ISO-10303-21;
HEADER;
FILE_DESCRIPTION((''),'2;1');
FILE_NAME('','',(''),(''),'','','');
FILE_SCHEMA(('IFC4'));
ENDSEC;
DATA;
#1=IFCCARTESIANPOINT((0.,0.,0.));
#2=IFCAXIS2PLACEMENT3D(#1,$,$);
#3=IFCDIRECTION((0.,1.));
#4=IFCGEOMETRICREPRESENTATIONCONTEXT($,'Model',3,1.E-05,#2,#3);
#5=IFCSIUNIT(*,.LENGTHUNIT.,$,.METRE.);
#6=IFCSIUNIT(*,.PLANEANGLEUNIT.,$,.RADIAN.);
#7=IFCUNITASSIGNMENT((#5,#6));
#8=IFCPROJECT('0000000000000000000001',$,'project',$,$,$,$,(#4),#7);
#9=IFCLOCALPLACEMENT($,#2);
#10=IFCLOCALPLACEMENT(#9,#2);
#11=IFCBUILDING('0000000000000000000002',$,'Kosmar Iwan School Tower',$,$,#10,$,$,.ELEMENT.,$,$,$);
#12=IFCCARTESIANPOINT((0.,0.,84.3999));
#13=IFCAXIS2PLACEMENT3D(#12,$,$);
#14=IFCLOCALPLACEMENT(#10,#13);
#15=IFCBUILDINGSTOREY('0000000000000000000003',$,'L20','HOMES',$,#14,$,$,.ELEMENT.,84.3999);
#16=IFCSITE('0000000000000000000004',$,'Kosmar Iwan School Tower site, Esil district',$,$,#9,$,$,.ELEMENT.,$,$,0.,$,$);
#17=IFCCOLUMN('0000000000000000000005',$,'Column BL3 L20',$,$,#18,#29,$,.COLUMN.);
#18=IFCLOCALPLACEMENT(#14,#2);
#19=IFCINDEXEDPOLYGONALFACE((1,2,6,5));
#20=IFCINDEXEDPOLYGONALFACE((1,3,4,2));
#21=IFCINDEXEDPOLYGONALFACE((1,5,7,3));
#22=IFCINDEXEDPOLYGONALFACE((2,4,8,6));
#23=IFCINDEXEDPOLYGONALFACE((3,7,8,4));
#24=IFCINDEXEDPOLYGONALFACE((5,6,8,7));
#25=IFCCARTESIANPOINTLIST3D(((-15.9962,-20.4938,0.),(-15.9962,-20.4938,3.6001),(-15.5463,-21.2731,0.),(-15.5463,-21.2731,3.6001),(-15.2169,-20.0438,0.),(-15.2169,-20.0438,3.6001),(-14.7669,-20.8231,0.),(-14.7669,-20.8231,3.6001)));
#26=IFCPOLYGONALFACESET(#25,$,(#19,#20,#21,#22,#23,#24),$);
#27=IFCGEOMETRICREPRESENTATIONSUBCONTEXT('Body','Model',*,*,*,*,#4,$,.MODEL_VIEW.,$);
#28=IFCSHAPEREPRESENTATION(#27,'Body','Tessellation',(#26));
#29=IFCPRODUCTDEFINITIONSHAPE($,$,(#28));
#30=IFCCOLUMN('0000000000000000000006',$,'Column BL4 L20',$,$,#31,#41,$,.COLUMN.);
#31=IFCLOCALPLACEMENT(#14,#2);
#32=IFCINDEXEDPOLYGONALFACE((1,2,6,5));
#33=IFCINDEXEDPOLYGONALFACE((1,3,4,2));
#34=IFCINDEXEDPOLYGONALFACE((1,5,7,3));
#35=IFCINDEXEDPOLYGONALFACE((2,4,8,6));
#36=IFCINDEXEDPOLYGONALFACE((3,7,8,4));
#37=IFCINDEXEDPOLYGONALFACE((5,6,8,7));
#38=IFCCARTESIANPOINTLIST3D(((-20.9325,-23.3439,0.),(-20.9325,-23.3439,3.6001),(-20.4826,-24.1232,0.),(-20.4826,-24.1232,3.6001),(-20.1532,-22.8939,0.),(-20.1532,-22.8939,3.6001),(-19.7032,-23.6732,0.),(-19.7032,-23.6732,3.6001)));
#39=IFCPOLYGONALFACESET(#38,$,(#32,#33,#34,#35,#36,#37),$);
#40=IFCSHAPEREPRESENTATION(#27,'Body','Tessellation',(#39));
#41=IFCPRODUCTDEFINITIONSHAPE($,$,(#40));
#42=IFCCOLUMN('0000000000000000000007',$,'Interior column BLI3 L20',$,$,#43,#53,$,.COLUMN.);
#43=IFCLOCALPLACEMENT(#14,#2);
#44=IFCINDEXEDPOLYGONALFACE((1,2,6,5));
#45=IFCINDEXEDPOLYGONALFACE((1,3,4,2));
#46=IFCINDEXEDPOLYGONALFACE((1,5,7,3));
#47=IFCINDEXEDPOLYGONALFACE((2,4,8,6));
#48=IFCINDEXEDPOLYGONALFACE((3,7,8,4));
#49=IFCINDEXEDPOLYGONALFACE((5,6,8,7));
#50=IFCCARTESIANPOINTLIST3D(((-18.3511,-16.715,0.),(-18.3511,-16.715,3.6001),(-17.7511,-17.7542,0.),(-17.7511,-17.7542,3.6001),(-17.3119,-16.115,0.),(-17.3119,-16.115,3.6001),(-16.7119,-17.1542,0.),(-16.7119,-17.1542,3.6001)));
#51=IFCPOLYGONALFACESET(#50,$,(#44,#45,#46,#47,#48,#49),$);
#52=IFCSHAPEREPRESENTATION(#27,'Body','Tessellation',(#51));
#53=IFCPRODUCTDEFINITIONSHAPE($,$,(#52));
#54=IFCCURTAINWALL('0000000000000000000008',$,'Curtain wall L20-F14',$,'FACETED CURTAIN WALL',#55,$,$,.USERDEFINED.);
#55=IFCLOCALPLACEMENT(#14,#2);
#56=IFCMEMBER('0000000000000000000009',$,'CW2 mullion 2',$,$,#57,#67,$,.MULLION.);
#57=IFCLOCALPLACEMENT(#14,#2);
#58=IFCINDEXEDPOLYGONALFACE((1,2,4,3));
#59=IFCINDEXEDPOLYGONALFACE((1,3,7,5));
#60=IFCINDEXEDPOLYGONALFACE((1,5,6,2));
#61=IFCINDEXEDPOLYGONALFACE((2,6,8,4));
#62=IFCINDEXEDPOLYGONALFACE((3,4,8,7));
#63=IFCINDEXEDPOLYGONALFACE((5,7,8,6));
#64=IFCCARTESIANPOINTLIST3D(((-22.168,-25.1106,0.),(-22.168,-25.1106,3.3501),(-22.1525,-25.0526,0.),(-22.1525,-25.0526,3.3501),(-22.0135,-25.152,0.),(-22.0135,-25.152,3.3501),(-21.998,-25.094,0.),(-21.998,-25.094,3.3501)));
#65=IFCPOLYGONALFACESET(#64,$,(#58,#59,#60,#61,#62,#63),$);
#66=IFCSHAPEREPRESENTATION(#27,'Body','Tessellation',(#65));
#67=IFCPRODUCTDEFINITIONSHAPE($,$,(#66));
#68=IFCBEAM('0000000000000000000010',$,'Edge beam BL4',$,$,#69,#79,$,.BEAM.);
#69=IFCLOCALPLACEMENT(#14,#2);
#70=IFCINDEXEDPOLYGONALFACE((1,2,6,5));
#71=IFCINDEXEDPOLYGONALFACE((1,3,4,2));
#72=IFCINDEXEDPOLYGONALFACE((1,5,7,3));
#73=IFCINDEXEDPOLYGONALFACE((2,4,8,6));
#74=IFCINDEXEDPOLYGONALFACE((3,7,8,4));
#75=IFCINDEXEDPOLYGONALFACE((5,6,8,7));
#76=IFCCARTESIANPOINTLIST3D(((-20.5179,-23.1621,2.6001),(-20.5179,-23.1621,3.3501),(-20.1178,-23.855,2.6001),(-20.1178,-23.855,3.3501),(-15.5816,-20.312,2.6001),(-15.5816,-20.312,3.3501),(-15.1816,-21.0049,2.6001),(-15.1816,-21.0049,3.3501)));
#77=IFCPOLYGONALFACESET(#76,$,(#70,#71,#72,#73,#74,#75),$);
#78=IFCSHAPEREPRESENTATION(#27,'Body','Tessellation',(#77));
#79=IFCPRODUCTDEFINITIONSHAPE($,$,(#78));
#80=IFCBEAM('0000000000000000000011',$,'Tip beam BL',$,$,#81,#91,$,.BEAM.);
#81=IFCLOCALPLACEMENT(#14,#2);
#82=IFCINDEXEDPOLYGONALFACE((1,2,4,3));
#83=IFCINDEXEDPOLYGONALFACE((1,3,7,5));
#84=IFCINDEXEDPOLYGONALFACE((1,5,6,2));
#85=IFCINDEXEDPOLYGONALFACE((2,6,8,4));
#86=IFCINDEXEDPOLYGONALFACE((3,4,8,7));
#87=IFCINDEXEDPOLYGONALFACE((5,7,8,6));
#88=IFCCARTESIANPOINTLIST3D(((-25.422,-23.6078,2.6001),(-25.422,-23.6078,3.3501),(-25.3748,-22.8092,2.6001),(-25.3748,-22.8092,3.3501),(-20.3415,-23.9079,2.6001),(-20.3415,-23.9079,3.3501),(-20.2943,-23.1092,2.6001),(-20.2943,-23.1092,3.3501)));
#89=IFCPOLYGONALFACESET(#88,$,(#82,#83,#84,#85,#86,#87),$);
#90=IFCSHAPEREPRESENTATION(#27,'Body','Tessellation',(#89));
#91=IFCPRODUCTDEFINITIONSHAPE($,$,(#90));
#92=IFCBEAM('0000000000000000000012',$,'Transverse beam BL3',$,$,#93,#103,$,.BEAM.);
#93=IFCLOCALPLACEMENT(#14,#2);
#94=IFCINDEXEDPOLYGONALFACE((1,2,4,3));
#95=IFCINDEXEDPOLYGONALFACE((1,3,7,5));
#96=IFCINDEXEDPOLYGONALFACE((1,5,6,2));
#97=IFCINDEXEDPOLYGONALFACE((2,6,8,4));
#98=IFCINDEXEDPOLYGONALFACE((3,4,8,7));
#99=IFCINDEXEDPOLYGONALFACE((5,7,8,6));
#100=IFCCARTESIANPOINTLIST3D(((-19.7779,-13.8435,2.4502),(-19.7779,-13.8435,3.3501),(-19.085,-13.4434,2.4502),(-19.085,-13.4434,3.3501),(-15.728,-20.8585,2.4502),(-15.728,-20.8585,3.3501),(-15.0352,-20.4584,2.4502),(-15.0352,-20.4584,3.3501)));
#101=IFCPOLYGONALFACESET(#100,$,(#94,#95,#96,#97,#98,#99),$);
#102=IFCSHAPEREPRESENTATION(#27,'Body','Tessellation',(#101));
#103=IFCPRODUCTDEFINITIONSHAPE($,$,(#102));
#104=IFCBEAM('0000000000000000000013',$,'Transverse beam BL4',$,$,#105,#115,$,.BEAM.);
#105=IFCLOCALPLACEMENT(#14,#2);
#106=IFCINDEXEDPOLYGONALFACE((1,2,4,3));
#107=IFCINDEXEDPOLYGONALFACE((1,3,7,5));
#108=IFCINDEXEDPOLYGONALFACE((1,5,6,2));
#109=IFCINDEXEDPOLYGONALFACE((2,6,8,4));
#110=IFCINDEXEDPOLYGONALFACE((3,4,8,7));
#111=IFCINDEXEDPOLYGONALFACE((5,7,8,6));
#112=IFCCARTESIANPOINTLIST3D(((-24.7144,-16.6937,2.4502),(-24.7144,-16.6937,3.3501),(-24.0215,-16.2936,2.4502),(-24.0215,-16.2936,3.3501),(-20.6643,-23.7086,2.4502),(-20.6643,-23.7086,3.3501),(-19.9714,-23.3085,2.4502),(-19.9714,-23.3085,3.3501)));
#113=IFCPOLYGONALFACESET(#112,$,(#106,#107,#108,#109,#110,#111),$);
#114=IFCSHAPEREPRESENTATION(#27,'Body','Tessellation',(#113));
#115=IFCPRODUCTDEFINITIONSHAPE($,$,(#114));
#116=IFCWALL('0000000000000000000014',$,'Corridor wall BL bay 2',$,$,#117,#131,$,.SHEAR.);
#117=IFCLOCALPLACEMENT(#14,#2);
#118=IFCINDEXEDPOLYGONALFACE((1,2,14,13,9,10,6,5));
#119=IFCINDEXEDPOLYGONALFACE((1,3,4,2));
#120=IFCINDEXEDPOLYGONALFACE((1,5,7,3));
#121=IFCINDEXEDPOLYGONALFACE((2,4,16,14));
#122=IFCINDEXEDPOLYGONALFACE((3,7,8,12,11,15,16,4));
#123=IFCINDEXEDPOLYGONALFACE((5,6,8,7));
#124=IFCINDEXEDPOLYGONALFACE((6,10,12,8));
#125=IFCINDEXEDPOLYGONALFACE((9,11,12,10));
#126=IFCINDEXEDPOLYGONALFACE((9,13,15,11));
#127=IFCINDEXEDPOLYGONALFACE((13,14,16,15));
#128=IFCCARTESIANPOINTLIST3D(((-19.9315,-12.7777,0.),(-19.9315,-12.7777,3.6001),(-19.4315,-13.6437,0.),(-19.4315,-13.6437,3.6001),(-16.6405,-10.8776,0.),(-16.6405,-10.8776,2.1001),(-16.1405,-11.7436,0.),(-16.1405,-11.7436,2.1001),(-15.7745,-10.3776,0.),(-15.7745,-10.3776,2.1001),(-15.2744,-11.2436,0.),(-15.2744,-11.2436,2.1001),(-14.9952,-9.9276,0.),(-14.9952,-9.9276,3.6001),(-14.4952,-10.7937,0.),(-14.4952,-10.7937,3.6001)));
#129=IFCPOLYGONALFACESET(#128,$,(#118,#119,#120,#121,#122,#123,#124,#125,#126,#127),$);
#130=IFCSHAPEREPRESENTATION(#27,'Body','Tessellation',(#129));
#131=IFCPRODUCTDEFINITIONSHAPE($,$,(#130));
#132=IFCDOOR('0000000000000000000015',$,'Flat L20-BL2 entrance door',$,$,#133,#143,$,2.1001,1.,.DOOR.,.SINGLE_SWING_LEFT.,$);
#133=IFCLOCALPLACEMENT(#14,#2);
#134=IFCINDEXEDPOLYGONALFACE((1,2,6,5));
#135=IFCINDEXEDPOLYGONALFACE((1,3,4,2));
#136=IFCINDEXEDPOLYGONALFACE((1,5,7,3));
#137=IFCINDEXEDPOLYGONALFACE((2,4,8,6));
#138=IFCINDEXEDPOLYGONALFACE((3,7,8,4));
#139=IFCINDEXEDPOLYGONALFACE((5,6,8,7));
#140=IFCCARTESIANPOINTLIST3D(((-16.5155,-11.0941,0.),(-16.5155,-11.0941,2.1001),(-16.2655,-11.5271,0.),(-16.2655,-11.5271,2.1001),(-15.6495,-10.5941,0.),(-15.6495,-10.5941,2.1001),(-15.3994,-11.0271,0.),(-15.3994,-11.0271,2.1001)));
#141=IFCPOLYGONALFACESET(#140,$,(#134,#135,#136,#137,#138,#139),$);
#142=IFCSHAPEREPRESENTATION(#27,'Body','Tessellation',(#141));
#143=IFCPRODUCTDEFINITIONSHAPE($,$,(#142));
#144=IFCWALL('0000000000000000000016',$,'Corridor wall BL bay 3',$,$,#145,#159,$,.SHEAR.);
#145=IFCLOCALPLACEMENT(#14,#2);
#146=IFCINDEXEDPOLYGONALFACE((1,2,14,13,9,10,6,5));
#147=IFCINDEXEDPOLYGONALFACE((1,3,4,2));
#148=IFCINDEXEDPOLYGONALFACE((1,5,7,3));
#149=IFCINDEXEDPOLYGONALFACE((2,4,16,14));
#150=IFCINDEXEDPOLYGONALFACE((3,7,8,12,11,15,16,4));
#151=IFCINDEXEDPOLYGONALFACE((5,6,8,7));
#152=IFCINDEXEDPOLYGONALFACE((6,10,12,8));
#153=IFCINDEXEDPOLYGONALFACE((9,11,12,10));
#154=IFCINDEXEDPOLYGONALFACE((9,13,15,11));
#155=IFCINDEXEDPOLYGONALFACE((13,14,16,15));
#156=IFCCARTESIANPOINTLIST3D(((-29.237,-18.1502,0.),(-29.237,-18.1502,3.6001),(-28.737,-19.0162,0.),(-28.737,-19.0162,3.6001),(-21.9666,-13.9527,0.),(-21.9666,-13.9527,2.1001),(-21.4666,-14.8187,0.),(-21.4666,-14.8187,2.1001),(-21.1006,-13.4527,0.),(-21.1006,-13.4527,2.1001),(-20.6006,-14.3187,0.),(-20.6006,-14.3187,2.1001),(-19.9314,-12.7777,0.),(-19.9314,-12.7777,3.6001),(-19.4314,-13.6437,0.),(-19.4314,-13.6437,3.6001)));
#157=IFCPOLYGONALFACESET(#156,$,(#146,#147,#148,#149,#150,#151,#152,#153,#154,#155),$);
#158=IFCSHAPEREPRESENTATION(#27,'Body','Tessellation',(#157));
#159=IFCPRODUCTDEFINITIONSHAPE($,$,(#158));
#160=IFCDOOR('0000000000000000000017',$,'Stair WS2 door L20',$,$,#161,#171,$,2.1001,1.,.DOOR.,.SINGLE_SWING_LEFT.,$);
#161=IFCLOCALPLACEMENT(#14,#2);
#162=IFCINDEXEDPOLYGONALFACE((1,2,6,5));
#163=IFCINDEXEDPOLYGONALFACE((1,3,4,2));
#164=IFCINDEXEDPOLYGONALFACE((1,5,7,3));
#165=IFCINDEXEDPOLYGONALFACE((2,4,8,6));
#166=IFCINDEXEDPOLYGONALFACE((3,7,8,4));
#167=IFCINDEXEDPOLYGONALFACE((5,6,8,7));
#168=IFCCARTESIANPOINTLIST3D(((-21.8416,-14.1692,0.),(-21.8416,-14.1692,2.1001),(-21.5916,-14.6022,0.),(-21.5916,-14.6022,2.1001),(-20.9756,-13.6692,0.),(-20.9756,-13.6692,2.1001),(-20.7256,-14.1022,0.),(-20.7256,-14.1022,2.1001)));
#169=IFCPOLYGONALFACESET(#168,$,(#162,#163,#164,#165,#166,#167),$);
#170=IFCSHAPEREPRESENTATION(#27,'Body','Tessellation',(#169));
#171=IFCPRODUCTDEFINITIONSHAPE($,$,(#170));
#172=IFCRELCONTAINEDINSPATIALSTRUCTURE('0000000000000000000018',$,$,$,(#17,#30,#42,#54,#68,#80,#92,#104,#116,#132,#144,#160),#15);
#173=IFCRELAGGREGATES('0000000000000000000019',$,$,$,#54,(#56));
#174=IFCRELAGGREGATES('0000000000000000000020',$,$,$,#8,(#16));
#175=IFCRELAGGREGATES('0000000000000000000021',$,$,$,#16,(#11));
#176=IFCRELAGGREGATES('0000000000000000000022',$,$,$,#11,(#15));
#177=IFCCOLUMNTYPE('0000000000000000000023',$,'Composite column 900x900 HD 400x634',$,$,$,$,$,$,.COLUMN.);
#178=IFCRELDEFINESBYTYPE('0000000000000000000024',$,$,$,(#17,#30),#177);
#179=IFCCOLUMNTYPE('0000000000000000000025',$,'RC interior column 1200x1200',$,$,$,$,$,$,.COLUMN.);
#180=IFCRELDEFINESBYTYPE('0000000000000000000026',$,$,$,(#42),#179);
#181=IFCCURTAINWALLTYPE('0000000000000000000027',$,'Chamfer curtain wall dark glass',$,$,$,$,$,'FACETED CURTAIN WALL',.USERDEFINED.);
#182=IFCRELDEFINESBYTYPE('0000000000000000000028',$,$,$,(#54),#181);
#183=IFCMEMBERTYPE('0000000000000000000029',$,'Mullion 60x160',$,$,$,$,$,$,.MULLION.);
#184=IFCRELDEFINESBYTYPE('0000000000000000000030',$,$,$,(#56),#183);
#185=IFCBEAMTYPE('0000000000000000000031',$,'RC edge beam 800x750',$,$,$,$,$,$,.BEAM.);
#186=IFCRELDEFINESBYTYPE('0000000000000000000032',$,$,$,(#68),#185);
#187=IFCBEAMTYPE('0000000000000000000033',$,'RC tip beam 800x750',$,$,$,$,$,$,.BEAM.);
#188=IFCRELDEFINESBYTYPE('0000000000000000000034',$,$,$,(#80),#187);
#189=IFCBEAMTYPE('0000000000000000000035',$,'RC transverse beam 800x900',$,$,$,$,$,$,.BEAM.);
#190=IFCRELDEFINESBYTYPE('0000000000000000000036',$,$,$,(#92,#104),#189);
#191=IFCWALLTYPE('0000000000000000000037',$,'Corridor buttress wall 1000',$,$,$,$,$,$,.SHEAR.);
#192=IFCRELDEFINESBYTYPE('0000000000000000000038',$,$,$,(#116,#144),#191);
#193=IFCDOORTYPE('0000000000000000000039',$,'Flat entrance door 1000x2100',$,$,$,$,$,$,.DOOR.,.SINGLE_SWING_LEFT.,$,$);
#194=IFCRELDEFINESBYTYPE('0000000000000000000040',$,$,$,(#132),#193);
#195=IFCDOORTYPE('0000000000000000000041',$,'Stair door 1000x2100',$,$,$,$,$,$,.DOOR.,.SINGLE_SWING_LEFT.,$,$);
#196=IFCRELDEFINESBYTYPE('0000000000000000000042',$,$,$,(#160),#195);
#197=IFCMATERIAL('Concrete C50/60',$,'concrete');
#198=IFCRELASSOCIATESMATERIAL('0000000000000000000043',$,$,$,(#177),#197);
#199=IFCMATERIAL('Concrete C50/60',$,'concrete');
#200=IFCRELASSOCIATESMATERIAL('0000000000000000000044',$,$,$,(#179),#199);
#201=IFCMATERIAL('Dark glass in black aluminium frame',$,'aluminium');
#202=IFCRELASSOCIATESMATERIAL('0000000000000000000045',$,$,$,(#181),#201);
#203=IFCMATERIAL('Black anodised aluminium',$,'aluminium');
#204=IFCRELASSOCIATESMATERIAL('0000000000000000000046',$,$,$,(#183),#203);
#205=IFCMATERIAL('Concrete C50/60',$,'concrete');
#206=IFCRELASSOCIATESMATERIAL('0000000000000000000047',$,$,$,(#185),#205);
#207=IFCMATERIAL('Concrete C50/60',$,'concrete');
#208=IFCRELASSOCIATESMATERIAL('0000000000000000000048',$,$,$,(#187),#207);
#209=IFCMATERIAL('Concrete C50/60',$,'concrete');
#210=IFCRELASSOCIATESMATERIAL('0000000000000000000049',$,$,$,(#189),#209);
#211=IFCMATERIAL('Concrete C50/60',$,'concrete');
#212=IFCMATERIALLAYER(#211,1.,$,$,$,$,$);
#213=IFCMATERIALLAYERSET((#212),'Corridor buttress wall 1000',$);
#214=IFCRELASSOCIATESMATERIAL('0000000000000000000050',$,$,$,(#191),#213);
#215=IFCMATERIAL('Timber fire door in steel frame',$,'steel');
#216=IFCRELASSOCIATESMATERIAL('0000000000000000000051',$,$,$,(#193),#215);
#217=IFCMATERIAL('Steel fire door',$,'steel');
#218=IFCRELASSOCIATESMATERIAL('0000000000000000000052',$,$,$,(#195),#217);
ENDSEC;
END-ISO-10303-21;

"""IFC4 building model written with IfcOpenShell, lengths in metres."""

from ifc_helpers import new_model, si_unit, direction, frame, frame_2d, origin, origin_2d, place, context, subcontext, project, spatial, rectangle, extrude, material, layer, layer_set, material_profile, profile_set, type_object, element, fill, aggregate, save


model = new_model("IFC4")

# Units and contexts
model_context = context("Model", 3, precision=1e-05, world=origin(), true_north=direction((0.0, 1.0)))
body_context = subcontext(model_context, "Body", "Model", "MODEL_VIEW")
ifc_project = project(units=[si_unit("LENGTHUNIT", "METRE"), si_unit("PLANEANGLEUNIT", "RADIAN")], contexts=[model_context])

# Site, building, storey
site_placement = place(None, origin())
site = spatial("IfcSite", under=ifc_project, at=site_placement, Name="Kosmar Iwan School Tower site, Esil district", CompositionType="ELEMENT", RefElevation=0.0)
building_placement = place(site_placement, origin())
building = spatial("IfcBuilding", under=site, at=building_placement, Name="Kosmar Iwan School Tower", CompositionType="ELEMENT")
storey_placement = place(building_placement, frame((0.0, 0.0, 84.3999)))
storey = spatial("IfcBuildingStorey", under=building, at=storey_placement, Name="L20", Description="HOMES", CompositionType="ELEMENT", Elevation=84.3999)

# Columns
ifc_material_1 = material(Name="Concrete C50/60", Category="concrete")
ifc_material_profile_1 = material_profile(ifc_material_1, rectangle(XDim=0.8999, YDim=0.8999, at=origin_2d()), Name="RC 900x900 + HD 400x634")
ifc_profile_set_1 = profile_set([ifc_material_profile_1], Name="Concrete C50/60")
column_type_1 = type_object("IfcColumnType", Name="Composite column 900x900 HD 400x634", PredefinedType="COLUMN", material=ifc_profile_set_1)
for number, where, z_axis, x_axis, name in (
    (1, (-15.3816, -20.6584, 0.0), (0.0, 0.0, 1.0), (-0.866025, -0.5, 0.0), "Column BL3 L20"),
    (2, (-20.3179, -23.5085, 0.0), (0.0, 0.0, 1.0), (-0.866025, -0.5, 0.0), "Column BL4 L20"),
):
    element("IfcColumn", number, at=place(storey_placement, frame(where, z_axis=z_axis, x_axis=x_axis)), inside=storey, type_object=column_type_1, Name=name, PredefinedType="COLUMN", context=body_context, shape_type="SweptSolid", body=[
        extrude(rectangle(XDim=0.8999, YDim=0.8999, at=origin_2d()), origin(), (0.0, 0.0, 1.0), 3.6001),
    ])
ifc_material_2 = material(Name="Concrete C50/60", Category="concrete")
ifc_material_profile_2 = material_profile(ifc_material_2, rectangle(XDim=1.2, YDim=1.2, at=origin_2d()), Name="RC 1200x1200")
ifc_profile_set_2 = profile_set([ifc_material_profile_2], Name="Concrete C50/60")
column_type_2 = type_object("IfcColumnType", Name="RC interior column 1200x1200", PredefinedType="COLUMN", material=ifc_profile_set_2)
column_placement = place(storey_placement, frame((-17.5315, -16.9346, 0.0), z_axis=(0.0, 0.0, 1.0), x_axis=(-0.866025, -0.5, 0.0)))
element("IfcColumn", 3, at=column_placement, inside=storey, type_object=column_type_2, Name="Interior column BLI3 L20", PredefinedType="COLUMN", context=body_context, shape_type="SweptSolid", body=[
    extrude(rectangle(XDim=1.2, YDim=1.2, at=origin_2d()), origin(), (0.0, 0.0, 1.0), 3.6001),
])

# Curtain wall, member
ifc_material_3 = material(Name="Dark glass in black aluminium frame", Category="aluminium")
curtain_wall_type = type_object("IfcCurtainWallType", Name="Chamfer curtain wall dark glass", ElementType="FACETED CURTAIN WALL", PredefinedType="USERDEFINED", material=ifc_material_3)
curtain_wall_placement = place(storey_placement, origin())
curtain_wall = element("IfcCurtainWall", 4, at=curtain_wall_placement, inside=storey, type_object=curtain_wall_type, Name="Curtain wall L20-F14", ObjectType="FACETED CURTAIN WALL", PredefinedType="USERDEFINED")
ifc_material_4 = material(Name="Black anodised aluminium", Category="aluminium")
ifc_material_profile_3 = material_profile(ifc_material_4, rectangle(XDim=0.0601, YDim=0.1599, at=origin_2d()), Name="MULLION 60x160")
ifc_profile_set_3 = profile_set([ifc_material_profile_3], Name="Black anodised aluminium")
member_type = type_object("IfcMemberType", Name="Mullion 60x160", PredefinedType="MULLION", material=ifc_profile_set_3)
member_placement = place(storey_placement, frame((-22.083, -25.1023, 0.0), z_axis=(0.0, 0.0, 1.0), x_axis=(0.258819, 0.965926, 0.0)))
member = element("IfcMember", 5, at=member_placement, type_object=member_type, Name="CW2 mullion 2", PredefinedType="MULLION", context=body_context, shape_type="SweptSolid", body=[
    extrude(rectangle(XDim=0.0601, YDim=0.1599, at=origin_2d()), origin(), (0.0, 0.0, 1.0), 3.3501),
])
aggregate(curtain_wall, [member])

# Beams
ifc_material_5 = material(Name="Concrete C50/60", Category="concrete")
ifc_material_profile_4 = material_profile(ifc_material_5, rectangle(XDim=0.8, YDim=0.75, at=origin_2d()), Name="RC 800x750")
ifc_profile_set_4 = profile_set([ifc_material_profile_4], Name="Concrete C50/60")
beam_type_1 = type_object("IfcBeamType", Name="RC edge beam 800x750", PredefinedType="BEAM", material=ifc_profile_set_4)
beam_1_placement = place(storey_placement, frame((-15.3816, -20.6584, 2.9751), z_axis=(-0.866015, -0.500018, 0.0), x_axis=(0.500018, -0.866015, 0.0)))
element("IfcBeam", 6, at=beam_1_placement, inside=storey, type_object=beam_type_1, Name="Edge beam BL4", PredefinedType="BEAM", context=body_context, shape_type="SweptSolid", body=[
    extrude(rectangle(XDim=0.8, YDim=0.75, at=origin_2d()), origin(), (0.0, 0.0, 1.0), 5.7),
])
ifc_material_6 = material(Name="Concrete C50/60", Category="concrete")
ifc_material_profile_5 = material_profile(ifc_material_6, rectangle(XDim=0.8, YDim=0.75, at=origin_2d()), Name="RC 800x750")
ifc_profile_set_5 = profile_set([ifc_material_profile_5], Name="Concrete C50/60")
beam_type_2 = type_object("IfcBeamType", Name="RC tip beam 800x750", PredefinedType="BEAM", material=ifc_profile_set_5)
beam_2_placement = place(storey_placement, frame((-20.3179, -23.5085, 2.9751), z_axis=(-0.998261, 0.058955, 0.0), x_axis=(-0.058955, -0.998261, 0.0)))
element("IfcBeam", 7, at=beam_2_placement, inside=storey, type_object=beam_type_2, Name="Tip beam BL", PredefinedType="BEAM", context=body_context, shape_type="SweptSolid", body=[
    extrude(rectangle(XDim=0.8, YDim=0.75, at=origin_2d()), origin(), (0.0, 0.0, 1.0), 5.0894),
])
ifc_material_7 = material(Name="Concrete C50/60", Category="concrete")
ifc_material_profile_6 = material_profile(ifc_material_7, rectangle(XDim=0.8, YDim=0.8999, at=origin_2d()), Name="RC 800x900")
ifc_profile_set_6 = profile_set([ifc_material_profile_6], Name="Concrete C50/60")
beam_type_3 = type_object("IfcBeamType", Name="RC transverse beam 800x900", PredefinedType="BEAM", material=ifc_profile_set_6)
for number, where, z_axis, x_axis, name in (
    (8, (-15.3816, -20.6584, 2.9001), (-0.499977, 0.866039, 0.0), (-0.866039, -0.499977, 0.0), "Transverse beam BL3"),
    (9, (-20.3179, -23.5085, 2.9001), (-0.5, 0.866025, 0.0), (-0.866025, -0.5, 0.0), "Transverse beam BL4"),
):
    element("IfcBeam", number, at=place(storey_placement, frame(where, z_axis=z_axis, x_axis=x_axis)), inside=storey, type_object=beam_type_3, Name=name, PredefinedType="BEAM", context=body_context, shape_type="SweptSolid", body=[
        extrude(rectangle(XDim=0.8, YDim=0.8999, at=origin_2d()), origin(), (0.0, 0.0, 1.0), 8.1001),
    ])

# Walls, openings, doors
ifc_material_8 = material(Name="Concrete C50/60", Category="concrete")
ifc_layer_1 = layer(ifc_material_8, 1.0)
ifc_layer_set_1 = layer_set([ifc_layer_1], Name="Corridor buttress wall 1000")
wall_type_1 = type_object("IfcWallType", Name="Corridor buttress wall 1000", PredefinedType="SHEAR", material=ifc_layer_set_1)
wall_1_placement = place(storey_placement, frame((-14.7451, -10.3606, 0.0), z_axis=(0.0, 0.0, 1.0), x_axis=(-0.866015, -0.500018, 0.0)))
wall_1 = element("IfcWall", 10, at=wall_1_placement, inside=storey, type_object=wall_type_1, Name="Corridor wall BL bay 2", PredefinedType="SHEAR", context=body_context, shape_type="SweptSolid", body=[
    extrude(rectangle(XDim=5.7, YDim=1.0, at=frame_2d((2.8501, 0.0))), origin(), (0.0, 0.0, 1.0), 3.6001),
])
opening_1_placement = place(wall_1_placement, frame((0.8999, 0.0, 0.0)))
opening_1 = element("IfcOpeningElement", 11, at=opening_1_placement, cuts=wall_1, PredefinedType="OPENING", context=body_context, shape_type="SweptSolid", body=[
    extrude(rectangle(XDim=1.0, YDim=2.1001, at=frame_2d((0.5, 1.05))), frame((0.0, 0.512, 0.0), z_axis=(0.0, -1.0, 0.0), x_axis=(1.0, 0.0, 0.0)), (0.0, 0.0, 1.0), 1.0239),
])
ifc_material_9 = material(Name="Timber fire door in steel frame", Category="steel")
door_type_1 = type_object("IfcDoorType", Name="Flat entrance door 1000x2100", OperationType="SINGLE_SWING_LEFT", PredefinedType="DOOR", material=ifc_material_9)
door_1_placement = place(opening_1_placement, origin())
door_1 = element("IfcDoor", 12, at=door_1_placement, inside=storey, type_object=door_type_1, Name="Flat L20-BL2 entrance door", OperationType="SINGLE_SWING_LEFT", OverallHeight=2.1001, OverallWidth=1.0, PredefinedType="DOOR", context=body_context, shape_type="SweptSolid", body=[
    extrude(rectangle(XDim=1.0, YDim=2.1001, at=frame_2d((0.5, 1.05))), frame((0.0, 0.25, 0.0), z_axis=(0.0, -1.0, 0.0), x_axis=(1.0, 0.0, 0.0)), (0.0, 0.0, 1.0), 0.5),
])
fill(opening_1, door_1)
wall_2_placement = place(storey_placement, frame((-19.6814, -13.2107, 0.0), z_axis=(0.0, 0.0, 1.0), x_axis=(-0.866028, -0.499995, 0.0)))
wall_2 = element("IfcWall", 13, at=wall_2_placement, inside=storey, type_object=wall_type_1, Name="Corridor wall BL bay 3", PredefinedType="SHEAR", context=body_context, shape_type="SweptSolid", body=[
    extrude(rectangle(XDim=10.7451, YDim=1.0, at=frame_2d((5.3726, 0.0))), origin(), (0.0, 0.0, 1.0), 3.6001),
])
opening_2_placement = place(wall_2_placement, frame((1.3501, 0.0, 0.0)))
opening_2 = element("IfcOpeningElement", 14, at=opening_2_placement, cuts=wall_2, PredefinedType="OPENING", context=body_context, shape_type="SweptSolid", body=[
    extrude(rectangle(XDim=1.0, YDim=2.1001, at=frame_2d((0.5, 1.05))), frame((0.0, 0.512, 0.0), z_axis=(0.0, -1.0, 0.0), x_axis=(1.0, 0.0, 0.0)), (0.0, 0.0, 1.0), 1.0239),
])
ifc_material_10 = material(Name="Steel fire door", Category="steel")
door_type_2 = type_object("IfcDoorType", Name="Stair door 1000x2100", OperationType="SINGLE_SWING_LEFT", PredefinedType="DOOR", material=ifc_material_10)
door_2_placement = place(opening_2_placement, origin())
door_2 = element("IfcDoor", 15, at=door_2_placement, inside=storey, type_object=door_type_2, Name="Stair WS2 door L20", OperationType="SINGLE_SWING_LEFT", OverallHeight=2.1001, OverallWidth=1.0, PredefinedType="DOOR", context=body_context, shape_type="SweptSolid", body=[
    extrude(rectangle(XDim=1.0, YDim=2.1001, at=frame_2d((0.5, 1.05))), frame((0.0, 0.25, 0.0), z_axis=(0.0, -1.0, 0.0), x_axis=(1.0, 0.0, 0.0)), (0.0, 0.0, 1.0), 0.5),
])
fill(opening_2, door_2)

save(model, "model.ifc")
